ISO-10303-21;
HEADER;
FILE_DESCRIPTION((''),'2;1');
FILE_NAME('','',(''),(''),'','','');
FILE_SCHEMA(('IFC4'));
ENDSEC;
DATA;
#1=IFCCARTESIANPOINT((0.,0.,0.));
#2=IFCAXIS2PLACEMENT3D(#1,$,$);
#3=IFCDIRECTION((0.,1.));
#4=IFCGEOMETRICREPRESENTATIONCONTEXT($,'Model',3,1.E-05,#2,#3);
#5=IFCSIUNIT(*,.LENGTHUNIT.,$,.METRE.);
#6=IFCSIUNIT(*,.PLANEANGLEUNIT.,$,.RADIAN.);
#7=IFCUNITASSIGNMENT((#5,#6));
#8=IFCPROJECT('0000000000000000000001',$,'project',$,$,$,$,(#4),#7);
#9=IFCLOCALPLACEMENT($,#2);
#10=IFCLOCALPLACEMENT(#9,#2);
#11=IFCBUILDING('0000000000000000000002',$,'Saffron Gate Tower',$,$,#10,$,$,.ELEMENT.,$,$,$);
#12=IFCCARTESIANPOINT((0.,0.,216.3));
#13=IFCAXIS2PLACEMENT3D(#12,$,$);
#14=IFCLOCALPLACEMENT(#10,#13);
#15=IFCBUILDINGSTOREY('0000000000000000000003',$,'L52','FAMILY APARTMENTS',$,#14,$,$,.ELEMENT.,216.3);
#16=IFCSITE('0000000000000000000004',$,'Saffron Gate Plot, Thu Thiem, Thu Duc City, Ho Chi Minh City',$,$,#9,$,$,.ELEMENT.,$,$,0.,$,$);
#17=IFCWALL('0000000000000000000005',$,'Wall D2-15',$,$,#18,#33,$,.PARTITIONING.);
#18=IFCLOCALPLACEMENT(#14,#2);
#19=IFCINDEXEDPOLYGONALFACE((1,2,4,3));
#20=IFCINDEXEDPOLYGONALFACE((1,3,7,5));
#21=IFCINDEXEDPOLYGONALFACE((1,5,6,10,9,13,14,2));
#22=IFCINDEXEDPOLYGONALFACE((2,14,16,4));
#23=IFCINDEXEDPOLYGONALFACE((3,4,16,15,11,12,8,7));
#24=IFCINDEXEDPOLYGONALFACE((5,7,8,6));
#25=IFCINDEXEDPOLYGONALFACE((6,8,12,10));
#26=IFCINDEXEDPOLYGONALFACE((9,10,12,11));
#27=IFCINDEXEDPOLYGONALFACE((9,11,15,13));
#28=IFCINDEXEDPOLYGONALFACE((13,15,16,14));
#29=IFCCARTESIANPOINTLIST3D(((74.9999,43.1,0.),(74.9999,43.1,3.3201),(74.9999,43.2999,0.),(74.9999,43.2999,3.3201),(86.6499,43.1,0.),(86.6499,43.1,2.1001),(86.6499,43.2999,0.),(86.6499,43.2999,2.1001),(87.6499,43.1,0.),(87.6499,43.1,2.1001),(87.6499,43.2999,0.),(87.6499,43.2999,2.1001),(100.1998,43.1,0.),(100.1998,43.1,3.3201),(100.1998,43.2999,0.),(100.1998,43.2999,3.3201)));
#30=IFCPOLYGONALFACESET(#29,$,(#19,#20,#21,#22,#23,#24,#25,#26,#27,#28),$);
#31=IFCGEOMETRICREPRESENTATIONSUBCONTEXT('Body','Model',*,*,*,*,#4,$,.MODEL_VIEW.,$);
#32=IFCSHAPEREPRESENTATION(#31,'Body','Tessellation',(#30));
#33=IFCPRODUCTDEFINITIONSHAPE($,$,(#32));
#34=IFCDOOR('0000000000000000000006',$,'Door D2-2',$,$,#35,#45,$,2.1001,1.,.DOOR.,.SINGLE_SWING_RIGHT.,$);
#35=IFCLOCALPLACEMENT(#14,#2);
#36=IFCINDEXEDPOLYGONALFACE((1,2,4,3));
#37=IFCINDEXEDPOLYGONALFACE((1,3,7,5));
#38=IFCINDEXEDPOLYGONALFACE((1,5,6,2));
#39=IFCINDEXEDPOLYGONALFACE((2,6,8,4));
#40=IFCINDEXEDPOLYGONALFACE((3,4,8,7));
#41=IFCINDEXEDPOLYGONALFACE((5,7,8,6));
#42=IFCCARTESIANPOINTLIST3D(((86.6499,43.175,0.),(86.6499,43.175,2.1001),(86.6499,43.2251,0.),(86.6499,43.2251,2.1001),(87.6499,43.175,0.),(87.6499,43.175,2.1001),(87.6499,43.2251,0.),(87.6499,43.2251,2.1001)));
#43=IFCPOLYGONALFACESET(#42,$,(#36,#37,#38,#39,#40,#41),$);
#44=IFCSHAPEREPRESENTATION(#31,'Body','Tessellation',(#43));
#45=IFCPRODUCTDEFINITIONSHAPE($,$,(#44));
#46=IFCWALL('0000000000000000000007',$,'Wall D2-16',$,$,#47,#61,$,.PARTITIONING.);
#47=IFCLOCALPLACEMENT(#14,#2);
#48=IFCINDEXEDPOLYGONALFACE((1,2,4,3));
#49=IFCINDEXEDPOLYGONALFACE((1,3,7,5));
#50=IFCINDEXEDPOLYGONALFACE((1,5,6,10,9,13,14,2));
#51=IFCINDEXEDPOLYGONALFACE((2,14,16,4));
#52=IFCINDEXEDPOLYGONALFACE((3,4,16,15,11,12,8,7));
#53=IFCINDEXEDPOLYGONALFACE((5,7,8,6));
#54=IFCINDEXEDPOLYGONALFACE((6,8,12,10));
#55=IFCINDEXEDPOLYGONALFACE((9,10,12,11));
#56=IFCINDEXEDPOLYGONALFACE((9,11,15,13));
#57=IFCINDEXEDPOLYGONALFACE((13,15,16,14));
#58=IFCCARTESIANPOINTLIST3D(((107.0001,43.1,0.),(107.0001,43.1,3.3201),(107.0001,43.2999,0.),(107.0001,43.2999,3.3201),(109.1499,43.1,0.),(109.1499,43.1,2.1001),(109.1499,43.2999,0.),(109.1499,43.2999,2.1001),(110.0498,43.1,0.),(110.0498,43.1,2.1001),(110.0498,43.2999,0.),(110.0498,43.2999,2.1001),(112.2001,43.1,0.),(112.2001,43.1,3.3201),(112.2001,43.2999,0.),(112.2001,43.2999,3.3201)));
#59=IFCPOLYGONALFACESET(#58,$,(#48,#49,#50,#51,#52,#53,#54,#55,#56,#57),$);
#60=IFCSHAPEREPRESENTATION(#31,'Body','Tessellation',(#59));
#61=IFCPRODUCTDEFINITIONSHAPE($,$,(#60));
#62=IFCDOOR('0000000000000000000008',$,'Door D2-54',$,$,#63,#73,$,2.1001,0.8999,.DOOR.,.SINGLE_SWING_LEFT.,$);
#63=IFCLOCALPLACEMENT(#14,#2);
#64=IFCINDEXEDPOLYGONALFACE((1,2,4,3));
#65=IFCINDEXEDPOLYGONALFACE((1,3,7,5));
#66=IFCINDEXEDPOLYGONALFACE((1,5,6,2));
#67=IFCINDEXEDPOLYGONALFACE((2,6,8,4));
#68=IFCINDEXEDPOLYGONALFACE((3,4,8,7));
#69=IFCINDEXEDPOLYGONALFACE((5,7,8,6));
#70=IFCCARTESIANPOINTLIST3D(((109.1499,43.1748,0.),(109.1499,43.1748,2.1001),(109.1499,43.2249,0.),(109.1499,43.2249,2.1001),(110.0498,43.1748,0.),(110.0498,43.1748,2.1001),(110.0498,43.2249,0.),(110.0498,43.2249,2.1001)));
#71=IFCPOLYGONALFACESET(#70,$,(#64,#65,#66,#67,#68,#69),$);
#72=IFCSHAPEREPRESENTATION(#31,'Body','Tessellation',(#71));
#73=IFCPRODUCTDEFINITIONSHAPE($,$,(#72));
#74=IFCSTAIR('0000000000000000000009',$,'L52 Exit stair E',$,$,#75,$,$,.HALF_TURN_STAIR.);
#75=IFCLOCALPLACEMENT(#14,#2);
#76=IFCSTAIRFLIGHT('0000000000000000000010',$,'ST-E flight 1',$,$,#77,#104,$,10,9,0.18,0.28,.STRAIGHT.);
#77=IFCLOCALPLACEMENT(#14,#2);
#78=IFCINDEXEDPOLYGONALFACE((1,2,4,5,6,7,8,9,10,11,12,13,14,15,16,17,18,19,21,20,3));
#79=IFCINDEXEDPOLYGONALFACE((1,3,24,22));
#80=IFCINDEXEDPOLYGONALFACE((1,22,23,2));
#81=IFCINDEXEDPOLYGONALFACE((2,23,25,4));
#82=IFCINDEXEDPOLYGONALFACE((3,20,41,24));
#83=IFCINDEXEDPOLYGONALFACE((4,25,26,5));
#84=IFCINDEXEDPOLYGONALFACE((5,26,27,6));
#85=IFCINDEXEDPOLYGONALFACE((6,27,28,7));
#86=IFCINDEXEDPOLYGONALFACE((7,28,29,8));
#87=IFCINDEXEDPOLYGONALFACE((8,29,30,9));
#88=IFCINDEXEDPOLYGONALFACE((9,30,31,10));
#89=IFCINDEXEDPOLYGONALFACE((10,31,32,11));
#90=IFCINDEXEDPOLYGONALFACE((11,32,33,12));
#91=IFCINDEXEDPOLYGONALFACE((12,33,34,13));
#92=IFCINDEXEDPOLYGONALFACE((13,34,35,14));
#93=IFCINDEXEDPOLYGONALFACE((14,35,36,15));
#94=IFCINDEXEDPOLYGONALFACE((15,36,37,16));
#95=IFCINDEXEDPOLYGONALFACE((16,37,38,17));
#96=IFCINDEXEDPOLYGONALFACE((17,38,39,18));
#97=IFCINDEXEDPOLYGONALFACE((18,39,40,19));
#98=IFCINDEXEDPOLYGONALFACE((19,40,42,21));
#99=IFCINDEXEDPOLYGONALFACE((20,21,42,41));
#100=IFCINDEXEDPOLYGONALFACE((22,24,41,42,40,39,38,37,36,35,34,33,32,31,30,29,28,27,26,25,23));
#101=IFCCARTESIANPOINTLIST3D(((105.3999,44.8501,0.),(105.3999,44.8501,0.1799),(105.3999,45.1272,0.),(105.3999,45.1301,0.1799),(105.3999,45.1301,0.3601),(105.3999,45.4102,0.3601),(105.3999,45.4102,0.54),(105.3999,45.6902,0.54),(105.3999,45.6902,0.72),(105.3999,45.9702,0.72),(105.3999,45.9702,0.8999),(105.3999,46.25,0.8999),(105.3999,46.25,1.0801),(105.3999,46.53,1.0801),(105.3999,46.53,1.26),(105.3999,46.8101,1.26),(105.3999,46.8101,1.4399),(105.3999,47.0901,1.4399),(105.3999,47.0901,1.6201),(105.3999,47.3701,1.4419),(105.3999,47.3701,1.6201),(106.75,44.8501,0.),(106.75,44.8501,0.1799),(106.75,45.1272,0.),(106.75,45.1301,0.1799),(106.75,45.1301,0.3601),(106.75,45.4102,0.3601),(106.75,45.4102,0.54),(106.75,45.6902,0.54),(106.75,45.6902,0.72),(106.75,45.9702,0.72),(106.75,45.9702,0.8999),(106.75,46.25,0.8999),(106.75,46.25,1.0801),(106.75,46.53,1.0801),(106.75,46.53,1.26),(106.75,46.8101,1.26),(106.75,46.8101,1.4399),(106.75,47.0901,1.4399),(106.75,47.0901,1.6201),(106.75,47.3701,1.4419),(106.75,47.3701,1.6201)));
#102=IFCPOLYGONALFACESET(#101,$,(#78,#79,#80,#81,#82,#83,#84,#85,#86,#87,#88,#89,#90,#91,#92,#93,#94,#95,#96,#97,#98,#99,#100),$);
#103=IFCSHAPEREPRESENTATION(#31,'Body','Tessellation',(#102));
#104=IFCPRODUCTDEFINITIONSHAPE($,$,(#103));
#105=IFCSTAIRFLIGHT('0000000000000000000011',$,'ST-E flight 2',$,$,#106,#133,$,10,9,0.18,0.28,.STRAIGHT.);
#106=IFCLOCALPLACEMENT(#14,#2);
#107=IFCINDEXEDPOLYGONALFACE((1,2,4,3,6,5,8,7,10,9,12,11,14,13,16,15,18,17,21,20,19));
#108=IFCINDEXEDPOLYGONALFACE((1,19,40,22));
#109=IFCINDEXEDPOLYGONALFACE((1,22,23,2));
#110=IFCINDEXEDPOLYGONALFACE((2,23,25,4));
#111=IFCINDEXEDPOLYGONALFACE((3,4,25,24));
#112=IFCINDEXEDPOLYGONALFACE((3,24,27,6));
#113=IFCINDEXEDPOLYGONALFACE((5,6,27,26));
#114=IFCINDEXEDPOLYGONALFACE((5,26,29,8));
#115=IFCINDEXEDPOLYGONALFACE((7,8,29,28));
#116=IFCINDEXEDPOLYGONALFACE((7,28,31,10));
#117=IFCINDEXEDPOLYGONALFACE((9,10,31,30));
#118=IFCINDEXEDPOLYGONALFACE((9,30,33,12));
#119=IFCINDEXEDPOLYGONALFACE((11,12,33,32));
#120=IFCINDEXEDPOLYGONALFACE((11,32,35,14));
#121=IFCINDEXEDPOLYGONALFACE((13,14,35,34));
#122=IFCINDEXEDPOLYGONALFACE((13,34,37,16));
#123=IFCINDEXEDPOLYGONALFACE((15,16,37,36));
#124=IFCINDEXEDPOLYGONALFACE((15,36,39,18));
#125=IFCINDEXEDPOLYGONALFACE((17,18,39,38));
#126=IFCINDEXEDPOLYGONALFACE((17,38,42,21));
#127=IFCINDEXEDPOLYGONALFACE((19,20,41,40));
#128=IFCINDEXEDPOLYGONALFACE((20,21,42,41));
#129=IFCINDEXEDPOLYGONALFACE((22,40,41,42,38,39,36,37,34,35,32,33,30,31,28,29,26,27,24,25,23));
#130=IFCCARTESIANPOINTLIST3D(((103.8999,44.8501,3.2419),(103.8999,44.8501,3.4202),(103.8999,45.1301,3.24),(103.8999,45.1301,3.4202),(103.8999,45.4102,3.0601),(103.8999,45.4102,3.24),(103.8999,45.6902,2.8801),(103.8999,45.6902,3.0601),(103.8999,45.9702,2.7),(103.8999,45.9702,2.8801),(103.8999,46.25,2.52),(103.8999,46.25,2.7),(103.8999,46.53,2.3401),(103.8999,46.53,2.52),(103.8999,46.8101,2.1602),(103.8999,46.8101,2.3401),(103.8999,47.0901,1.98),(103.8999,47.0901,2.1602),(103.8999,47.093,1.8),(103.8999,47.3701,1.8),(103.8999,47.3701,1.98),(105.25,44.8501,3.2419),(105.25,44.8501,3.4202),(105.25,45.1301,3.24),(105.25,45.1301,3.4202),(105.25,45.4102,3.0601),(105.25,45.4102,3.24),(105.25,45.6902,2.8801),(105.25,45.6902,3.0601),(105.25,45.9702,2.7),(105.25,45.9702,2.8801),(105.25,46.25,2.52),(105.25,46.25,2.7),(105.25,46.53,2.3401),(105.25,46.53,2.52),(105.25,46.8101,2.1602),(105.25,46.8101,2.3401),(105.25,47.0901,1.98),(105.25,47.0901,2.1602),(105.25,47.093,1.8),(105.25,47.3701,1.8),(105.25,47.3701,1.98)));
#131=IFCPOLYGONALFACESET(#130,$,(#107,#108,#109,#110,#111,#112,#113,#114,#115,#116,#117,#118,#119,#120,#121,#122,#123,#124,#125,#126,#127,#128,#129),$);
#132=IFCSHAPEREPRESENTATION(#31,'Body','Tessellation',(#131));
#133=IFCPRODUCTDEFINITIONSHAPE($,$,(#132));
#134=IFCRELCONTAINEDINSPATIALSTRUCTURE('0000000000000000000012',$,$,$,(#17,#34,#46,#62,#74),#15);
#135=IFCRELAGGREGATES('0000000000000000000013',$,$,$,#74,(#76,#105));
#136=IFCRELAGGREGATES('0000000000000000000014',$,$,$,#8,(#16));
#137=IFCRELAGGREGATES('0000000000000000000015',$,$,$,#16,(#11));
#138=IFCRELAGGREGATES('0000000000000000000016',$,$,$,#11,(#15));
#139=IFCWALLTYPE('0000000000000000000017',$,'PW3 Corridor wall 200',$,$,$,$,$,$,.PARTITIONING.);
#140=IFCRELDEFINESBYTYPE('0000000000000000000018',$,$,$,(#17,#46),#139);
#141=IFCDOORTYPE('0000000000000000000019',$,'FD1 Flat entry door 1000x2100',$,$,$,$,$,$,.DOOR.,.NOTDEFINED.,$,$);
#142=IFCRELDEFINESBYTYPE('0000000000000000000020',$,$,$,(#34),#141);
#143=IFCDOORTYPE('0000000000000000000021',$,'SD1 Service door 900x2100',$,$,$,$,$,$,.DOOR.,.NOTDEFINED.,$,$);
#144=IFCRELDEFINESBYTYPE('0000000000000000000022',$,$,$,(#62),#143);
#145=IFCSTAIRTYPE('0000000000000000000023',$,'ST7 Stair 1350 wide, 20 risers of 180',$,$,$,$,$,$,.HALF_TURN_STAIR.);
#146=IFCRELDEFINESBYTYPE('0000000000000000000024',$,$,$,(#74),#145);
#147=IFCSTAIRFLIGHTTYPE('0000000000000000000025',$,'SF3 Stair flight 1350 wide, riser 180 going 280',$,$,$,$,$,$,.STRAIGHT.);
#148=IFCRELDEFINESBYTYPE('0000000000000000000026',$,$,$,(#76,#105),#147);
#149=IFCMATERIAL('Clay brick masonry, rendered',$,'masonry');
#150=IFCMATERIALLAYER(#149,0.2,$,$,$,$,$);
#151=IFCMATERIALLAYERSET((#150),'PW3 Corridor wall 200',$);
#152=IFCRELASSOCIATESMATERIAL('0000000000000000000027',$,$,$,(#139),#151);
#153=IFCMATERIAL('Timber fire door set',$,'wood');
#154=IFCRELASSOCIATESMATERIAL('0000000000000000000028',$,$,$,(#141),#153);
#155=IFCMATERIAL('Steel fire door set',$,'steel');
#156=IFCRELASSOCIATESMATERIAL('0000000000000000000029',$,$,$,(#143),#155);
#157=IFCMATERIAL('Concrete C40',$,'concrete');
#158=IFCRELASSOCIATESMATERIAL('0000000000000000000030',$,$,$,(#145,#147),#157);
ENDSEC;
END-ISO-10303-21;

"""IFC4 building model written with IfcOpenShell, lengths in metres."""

from ifc_helpers import new_model, si_unit, direction, frame, frame_2d, origin, place, context, subcontext, project, spatial, polyline, rectangle, outline, extrude, material, layer, layer_set, type_object, element, fill, aggregate, save


model = new_model("IFC4")

# Units and contexts
model_context = context("Model", 3, precision=1e-05, world=origin(), true_north=direction((0.0, 1.0)))
body_context = subcontext(model_context, "Body", "Model", "MODEL_VIEW")
ifc_project = project(units=[si_unit("LENGTHUNIT", "METRE"), si_unit("PLANEANGLEUNIT", "RADIAN")], contexts=[model_context])

# Site, building, storey
site_placement = place(None, origin())
site = spatial("IfcSite", under=ifc_project, at=site_placement, Name="Saffron Gate Plot, Thu Thiem, Thu Duc City, Ho Chi Minh City", CompositionType="ELEMENT", RefElevation=0.0)
building_placement = place(site_placement, origin())
building = spatial("IfcBuilding", under=site, at=building_placement, Name="Saffron Gate Tower", CompositionType="ELEMENT")
storey_placement = place(building_placement, frame((0.0, 0.0, 216.3)))
storey = spatial("IfcBuildingStorey", under=building, at=storey_placement, Name="L52", Description="FAMILY APARTMENTS", CompositionType="ELEMENT", Elevation=216.3)

# Shared definitions
ifc_material_1 = material(Name="Steel fire door set", Category="steel")

# Shared definitions
ifc_material_2 = material(Name="Clay brick masonry, rendered", Category="masonry")

# Walls, openings, doors
ifc_layer_1 = layer(ifc_material_2, 0.2)
ifc_layer_set_1 = layer_set([ifc_layer_1], Name="PW3 Corridor wall 200")
wall_type_1 = type_object("IfcWallType", Name="PW3 Corridor wall 200", PredefinedType="PARTITIONING", material=ifc_layer_set_1)
wall_1_placement = place(storey_placement, frame((100.2, 43.2, 0.0), z_axis=(0.0, 0.0, 1.0), x_axis=(-1.0, 0.0, 0.0)))
wall_1 = element("IfcWall", 1, at=wall_1_placement, inside=storey, type_object=wall_type_1, Name="Wall D2-15", PredefinedType="PARTITIONING", context=body_context, shape_type="SweptSolid", body=[
    extrude(rectangle(XDim=25.2, YDim=0.2, at=frame_2d((12.6001, 0.0))), origin(), (0.0, 0.0, 1.0), 3.3201),
])
opening_1_placement = place(wall_1_placement, frame((12.55, 0.0, 0.0)))
opening_1 = element("IfcOpeningElement", 2, at=opening_1_placement, cuts=wall_1, PredefinedType="OPENING", context=body_context, shape_type="SweptSolid", body=[
    extrude(rectangle(XDim=1.0, YDim=2.1001, at=frame_2d((0.5, 1.05))), frame((0.0, 0.1099, 0.0), z_axis=(0.0, -1.0, 0.0), x_axis=(1.0, 0.0, 0.0)), (0.0, 0.0, 1.0), 0.22),
])
ifc_material_3 = material(Name="Timber fire door set", Category="wood")
door_type_1 = type_object("IfcDoorType", Name="FD1 Flat entry door 1000x2100", OperationType="NOTDEFINED", PredefinedType="DOOR", material=ifc_material_3)
door_1_placement = place(opening_1_placement, origin())
door_1 = element("IfcDoor", 3, at=door_1_placement, inside=storey, type_object=door_type_1, Name="Door D2-2", OperationType="SINGLE_SWING_RIGHT", OverallHeight=2.1001, OverallWidth=1.0, PredefinedType="DOOR", context=body_context, shape_type="SweptSolid", body=[
    extrude(rectangle(XDim=1.0, YDim=2.1001, at=frame_2d((0.5, 1.05))), frame((0.0, 0.0249, 0.0), z_axis=(0.0, -1.0, 0.0), x_axis=(1.0, 0.0, 0.0)), (0.0, 0.0, 1.0), 0.05),
])
fill(opening_1, door_1)
wall_2_placement = place(storey_placement, frame((107.0, 43.2, 0.0), z_axis=(0.0, 0.0, 1.0), x_axis=(1.0, 0.0, 0.0)))
wall_2 = element("IfcWall", 4, at=wall_2_placement, inside=storey, type_object=wall_type_1, Name="Wall D2-16", PredefinedType="PARTITIONING", context=body_context, shape_type="SweptSolid", body=[
    extrude(rectangle(XDim=5.2, YDim=0.2, at=frame_2d((2.6001, 0.0))), origin(), (0.0, 0.0, 1.0), 3.3201),
])
opening_2_placement = place(wall_2_placement, frame((2.1499, 0.0, 0.0)))
opening_2 = element("IfcOpeningElement", 5, at=opening_2_placement, cuts=wall_2, PredefinedType="OPENING", context=body_context, shape_type="SweptSolid", body=[
    extrude(rectangle(XDim=0.8999, YDim=2.1001, at=frame_2d((0.45, 1.05))), frame((0.0, 0.1099, 0.0), z_axis=(0.0, -1.0, 0.0), x_axis=(1.0, 0.0, 0.0)), (0.0, 0.0, 1.0), 0.22),
])
door_type_2 = type_object("IfcDoorType", Name="SD1 Service door 900x2100", OperationType="NOTDEFINED", PredefinedType="DOOR", material=ifc_material_1)
door_2_placement = place(opening_2_placement, origin())
door_2 = element("IfcDoor", 6, at=door_2_placement, inside=storey, type_object=door_type_2, Name="Door D2-54", OperationType="SINGLE_SWING_LEFT", OverallHeight=2.1001, OverallWidth=0.8999, PredefinedType="DOOR", context=body_context, shape_type="SweptSolid", body=[
    extrude(rectangle(XDim=0.8999, YDim=2.1001, at=frame_2d((0.45, 1.05))), frame((0.0, 0.0249, 0.0), z_axis=(0.0, -1.0, 0.0), x_axis=(1.0, 0.0, 0.0)), (0.0, 0.0, 1.0), 0.05),
])
fill(opening_2, door_2)

# Stair, stair flights
ifc_material_4 = material(Name="Concrete C40", Category="concrete")
stair_type = type_object("IfcStairType", Name="ST7 Stair 1350 wide, 20 risers of 180", PredefinedType="HALF_TURN_STAIR", material=ifc_material_4)
stair_placement = place(storey_placement, origin())
stair = element("IfcStair", 7, at=stair_placement, inside=storey, type_object=stair_type, Name="L52 Exit stair E", PredefinedType="HALF_TURN_STAIR")
stair_flight_type = type_object("IfcStairFlightType", Name="SF3 Stair flight 1350 wide, riser 180 going 280", PredefinedType="STRAIGHT", material=ifc_material_4)
stair_flight_1_placement = place(storey_placement, frame((106.075, 44.8501, 0.0), z_axis=(0.0, 0.0, 1.0), x_axis=(0.0, 1.0, 0.0)))
stair_flight_1 = element("IfcStairFlight", 8, at=stair_flight_1_placement, type_object=stair_flight_type, Name="ST-E flight 1", NumberOfRisers=10, NumberOfTreads=9, PredefinedType="STRAIGHT", RiserHeight=0.18, TreadLength=0.28, context=body_context, shape_type="SweptSolid", body=[
    extrude(outline(polyline([(0.0, 0.0), (0.0, 0.1799), (0.28, 0.1799), (0.28, 0.3601), (0.5601, 0.3601), (0.5601, 0.54), (0.8401, 0.54), (0.8401, 0.72), (1.1201, 0.72), (1.1201, 0.8999), (1.3999, 0.8999), (1.3999, 1.0801), (1.6799, 1.0801), (1.6799, 1.26), (1.96, 1.26), (1.96, 1.4399), (2.24, 1.4399), (2.24, 1.6201), (2.52, 1.6201), (2.52, 1.8), (2.52, 1.4419), (0.2771, 0.0), (0.0, 0.0)])), frame((0.0, 0.675, 0.0), z_axis=(0.0, -1.0, 0.0), x_axis=(1.0, 0.0, 0.0)), (0.0, 0.0, 1.0), 1.3501),
])
stair_flight_2_placement = place(storey_placement, frame((104.575, 47.3701, 1.8), z_axis=(0.0, 0.0, 1.0), x_axis=(0.0, -1.0, 0.0)))
stair_flight_2 = element("IfcStairFlight", 9, at=stair_flight_2_placement, type_object=stair_flight_type, Name="ST-E flight 2", NumberOfRisers=10, NumberOfTreads=9, PredefinedType="STRAIGHT", RiserHeight=0.18, TreadLength=0.28, context=body_context, shape_type="SweptSolid", body=[
    extrude(outline(polyline([(0.0, 0.0), (0.0, 0.1799), (0.28, 0.1799), (0.28, 0.3601), (0.5601, 0.3601), (0.5601, 0.54), (0.8401, 0.54), (0.8401, 0.72), (1.1201, 0.72), (1.1201, 0.8999), (1.3999, 0.8999), (1.3999, 1.0801), (1.6799, 1.0801), (1.6799, 1.26), (1.96, 1.26), (1.96, 1.4399), (2.24, 1.4399), (2.24, 1.6201), (2.52, 1.6201), (2.52, 1.8), (2.52, 1.4419), (0.2771, 0.0), (0.0, 0.0)])), frame((0.0, 0.675, 0.0), z_axis=(0.0, -1.0, 0.0), x_axis=(1.0, 0.0, 0.0)), (0.0, 0.0, 1.0), 1.3501),
])
aggregate(stair, [stair_flight_1, stair_flight_2])

save(model, "model.ifc")
